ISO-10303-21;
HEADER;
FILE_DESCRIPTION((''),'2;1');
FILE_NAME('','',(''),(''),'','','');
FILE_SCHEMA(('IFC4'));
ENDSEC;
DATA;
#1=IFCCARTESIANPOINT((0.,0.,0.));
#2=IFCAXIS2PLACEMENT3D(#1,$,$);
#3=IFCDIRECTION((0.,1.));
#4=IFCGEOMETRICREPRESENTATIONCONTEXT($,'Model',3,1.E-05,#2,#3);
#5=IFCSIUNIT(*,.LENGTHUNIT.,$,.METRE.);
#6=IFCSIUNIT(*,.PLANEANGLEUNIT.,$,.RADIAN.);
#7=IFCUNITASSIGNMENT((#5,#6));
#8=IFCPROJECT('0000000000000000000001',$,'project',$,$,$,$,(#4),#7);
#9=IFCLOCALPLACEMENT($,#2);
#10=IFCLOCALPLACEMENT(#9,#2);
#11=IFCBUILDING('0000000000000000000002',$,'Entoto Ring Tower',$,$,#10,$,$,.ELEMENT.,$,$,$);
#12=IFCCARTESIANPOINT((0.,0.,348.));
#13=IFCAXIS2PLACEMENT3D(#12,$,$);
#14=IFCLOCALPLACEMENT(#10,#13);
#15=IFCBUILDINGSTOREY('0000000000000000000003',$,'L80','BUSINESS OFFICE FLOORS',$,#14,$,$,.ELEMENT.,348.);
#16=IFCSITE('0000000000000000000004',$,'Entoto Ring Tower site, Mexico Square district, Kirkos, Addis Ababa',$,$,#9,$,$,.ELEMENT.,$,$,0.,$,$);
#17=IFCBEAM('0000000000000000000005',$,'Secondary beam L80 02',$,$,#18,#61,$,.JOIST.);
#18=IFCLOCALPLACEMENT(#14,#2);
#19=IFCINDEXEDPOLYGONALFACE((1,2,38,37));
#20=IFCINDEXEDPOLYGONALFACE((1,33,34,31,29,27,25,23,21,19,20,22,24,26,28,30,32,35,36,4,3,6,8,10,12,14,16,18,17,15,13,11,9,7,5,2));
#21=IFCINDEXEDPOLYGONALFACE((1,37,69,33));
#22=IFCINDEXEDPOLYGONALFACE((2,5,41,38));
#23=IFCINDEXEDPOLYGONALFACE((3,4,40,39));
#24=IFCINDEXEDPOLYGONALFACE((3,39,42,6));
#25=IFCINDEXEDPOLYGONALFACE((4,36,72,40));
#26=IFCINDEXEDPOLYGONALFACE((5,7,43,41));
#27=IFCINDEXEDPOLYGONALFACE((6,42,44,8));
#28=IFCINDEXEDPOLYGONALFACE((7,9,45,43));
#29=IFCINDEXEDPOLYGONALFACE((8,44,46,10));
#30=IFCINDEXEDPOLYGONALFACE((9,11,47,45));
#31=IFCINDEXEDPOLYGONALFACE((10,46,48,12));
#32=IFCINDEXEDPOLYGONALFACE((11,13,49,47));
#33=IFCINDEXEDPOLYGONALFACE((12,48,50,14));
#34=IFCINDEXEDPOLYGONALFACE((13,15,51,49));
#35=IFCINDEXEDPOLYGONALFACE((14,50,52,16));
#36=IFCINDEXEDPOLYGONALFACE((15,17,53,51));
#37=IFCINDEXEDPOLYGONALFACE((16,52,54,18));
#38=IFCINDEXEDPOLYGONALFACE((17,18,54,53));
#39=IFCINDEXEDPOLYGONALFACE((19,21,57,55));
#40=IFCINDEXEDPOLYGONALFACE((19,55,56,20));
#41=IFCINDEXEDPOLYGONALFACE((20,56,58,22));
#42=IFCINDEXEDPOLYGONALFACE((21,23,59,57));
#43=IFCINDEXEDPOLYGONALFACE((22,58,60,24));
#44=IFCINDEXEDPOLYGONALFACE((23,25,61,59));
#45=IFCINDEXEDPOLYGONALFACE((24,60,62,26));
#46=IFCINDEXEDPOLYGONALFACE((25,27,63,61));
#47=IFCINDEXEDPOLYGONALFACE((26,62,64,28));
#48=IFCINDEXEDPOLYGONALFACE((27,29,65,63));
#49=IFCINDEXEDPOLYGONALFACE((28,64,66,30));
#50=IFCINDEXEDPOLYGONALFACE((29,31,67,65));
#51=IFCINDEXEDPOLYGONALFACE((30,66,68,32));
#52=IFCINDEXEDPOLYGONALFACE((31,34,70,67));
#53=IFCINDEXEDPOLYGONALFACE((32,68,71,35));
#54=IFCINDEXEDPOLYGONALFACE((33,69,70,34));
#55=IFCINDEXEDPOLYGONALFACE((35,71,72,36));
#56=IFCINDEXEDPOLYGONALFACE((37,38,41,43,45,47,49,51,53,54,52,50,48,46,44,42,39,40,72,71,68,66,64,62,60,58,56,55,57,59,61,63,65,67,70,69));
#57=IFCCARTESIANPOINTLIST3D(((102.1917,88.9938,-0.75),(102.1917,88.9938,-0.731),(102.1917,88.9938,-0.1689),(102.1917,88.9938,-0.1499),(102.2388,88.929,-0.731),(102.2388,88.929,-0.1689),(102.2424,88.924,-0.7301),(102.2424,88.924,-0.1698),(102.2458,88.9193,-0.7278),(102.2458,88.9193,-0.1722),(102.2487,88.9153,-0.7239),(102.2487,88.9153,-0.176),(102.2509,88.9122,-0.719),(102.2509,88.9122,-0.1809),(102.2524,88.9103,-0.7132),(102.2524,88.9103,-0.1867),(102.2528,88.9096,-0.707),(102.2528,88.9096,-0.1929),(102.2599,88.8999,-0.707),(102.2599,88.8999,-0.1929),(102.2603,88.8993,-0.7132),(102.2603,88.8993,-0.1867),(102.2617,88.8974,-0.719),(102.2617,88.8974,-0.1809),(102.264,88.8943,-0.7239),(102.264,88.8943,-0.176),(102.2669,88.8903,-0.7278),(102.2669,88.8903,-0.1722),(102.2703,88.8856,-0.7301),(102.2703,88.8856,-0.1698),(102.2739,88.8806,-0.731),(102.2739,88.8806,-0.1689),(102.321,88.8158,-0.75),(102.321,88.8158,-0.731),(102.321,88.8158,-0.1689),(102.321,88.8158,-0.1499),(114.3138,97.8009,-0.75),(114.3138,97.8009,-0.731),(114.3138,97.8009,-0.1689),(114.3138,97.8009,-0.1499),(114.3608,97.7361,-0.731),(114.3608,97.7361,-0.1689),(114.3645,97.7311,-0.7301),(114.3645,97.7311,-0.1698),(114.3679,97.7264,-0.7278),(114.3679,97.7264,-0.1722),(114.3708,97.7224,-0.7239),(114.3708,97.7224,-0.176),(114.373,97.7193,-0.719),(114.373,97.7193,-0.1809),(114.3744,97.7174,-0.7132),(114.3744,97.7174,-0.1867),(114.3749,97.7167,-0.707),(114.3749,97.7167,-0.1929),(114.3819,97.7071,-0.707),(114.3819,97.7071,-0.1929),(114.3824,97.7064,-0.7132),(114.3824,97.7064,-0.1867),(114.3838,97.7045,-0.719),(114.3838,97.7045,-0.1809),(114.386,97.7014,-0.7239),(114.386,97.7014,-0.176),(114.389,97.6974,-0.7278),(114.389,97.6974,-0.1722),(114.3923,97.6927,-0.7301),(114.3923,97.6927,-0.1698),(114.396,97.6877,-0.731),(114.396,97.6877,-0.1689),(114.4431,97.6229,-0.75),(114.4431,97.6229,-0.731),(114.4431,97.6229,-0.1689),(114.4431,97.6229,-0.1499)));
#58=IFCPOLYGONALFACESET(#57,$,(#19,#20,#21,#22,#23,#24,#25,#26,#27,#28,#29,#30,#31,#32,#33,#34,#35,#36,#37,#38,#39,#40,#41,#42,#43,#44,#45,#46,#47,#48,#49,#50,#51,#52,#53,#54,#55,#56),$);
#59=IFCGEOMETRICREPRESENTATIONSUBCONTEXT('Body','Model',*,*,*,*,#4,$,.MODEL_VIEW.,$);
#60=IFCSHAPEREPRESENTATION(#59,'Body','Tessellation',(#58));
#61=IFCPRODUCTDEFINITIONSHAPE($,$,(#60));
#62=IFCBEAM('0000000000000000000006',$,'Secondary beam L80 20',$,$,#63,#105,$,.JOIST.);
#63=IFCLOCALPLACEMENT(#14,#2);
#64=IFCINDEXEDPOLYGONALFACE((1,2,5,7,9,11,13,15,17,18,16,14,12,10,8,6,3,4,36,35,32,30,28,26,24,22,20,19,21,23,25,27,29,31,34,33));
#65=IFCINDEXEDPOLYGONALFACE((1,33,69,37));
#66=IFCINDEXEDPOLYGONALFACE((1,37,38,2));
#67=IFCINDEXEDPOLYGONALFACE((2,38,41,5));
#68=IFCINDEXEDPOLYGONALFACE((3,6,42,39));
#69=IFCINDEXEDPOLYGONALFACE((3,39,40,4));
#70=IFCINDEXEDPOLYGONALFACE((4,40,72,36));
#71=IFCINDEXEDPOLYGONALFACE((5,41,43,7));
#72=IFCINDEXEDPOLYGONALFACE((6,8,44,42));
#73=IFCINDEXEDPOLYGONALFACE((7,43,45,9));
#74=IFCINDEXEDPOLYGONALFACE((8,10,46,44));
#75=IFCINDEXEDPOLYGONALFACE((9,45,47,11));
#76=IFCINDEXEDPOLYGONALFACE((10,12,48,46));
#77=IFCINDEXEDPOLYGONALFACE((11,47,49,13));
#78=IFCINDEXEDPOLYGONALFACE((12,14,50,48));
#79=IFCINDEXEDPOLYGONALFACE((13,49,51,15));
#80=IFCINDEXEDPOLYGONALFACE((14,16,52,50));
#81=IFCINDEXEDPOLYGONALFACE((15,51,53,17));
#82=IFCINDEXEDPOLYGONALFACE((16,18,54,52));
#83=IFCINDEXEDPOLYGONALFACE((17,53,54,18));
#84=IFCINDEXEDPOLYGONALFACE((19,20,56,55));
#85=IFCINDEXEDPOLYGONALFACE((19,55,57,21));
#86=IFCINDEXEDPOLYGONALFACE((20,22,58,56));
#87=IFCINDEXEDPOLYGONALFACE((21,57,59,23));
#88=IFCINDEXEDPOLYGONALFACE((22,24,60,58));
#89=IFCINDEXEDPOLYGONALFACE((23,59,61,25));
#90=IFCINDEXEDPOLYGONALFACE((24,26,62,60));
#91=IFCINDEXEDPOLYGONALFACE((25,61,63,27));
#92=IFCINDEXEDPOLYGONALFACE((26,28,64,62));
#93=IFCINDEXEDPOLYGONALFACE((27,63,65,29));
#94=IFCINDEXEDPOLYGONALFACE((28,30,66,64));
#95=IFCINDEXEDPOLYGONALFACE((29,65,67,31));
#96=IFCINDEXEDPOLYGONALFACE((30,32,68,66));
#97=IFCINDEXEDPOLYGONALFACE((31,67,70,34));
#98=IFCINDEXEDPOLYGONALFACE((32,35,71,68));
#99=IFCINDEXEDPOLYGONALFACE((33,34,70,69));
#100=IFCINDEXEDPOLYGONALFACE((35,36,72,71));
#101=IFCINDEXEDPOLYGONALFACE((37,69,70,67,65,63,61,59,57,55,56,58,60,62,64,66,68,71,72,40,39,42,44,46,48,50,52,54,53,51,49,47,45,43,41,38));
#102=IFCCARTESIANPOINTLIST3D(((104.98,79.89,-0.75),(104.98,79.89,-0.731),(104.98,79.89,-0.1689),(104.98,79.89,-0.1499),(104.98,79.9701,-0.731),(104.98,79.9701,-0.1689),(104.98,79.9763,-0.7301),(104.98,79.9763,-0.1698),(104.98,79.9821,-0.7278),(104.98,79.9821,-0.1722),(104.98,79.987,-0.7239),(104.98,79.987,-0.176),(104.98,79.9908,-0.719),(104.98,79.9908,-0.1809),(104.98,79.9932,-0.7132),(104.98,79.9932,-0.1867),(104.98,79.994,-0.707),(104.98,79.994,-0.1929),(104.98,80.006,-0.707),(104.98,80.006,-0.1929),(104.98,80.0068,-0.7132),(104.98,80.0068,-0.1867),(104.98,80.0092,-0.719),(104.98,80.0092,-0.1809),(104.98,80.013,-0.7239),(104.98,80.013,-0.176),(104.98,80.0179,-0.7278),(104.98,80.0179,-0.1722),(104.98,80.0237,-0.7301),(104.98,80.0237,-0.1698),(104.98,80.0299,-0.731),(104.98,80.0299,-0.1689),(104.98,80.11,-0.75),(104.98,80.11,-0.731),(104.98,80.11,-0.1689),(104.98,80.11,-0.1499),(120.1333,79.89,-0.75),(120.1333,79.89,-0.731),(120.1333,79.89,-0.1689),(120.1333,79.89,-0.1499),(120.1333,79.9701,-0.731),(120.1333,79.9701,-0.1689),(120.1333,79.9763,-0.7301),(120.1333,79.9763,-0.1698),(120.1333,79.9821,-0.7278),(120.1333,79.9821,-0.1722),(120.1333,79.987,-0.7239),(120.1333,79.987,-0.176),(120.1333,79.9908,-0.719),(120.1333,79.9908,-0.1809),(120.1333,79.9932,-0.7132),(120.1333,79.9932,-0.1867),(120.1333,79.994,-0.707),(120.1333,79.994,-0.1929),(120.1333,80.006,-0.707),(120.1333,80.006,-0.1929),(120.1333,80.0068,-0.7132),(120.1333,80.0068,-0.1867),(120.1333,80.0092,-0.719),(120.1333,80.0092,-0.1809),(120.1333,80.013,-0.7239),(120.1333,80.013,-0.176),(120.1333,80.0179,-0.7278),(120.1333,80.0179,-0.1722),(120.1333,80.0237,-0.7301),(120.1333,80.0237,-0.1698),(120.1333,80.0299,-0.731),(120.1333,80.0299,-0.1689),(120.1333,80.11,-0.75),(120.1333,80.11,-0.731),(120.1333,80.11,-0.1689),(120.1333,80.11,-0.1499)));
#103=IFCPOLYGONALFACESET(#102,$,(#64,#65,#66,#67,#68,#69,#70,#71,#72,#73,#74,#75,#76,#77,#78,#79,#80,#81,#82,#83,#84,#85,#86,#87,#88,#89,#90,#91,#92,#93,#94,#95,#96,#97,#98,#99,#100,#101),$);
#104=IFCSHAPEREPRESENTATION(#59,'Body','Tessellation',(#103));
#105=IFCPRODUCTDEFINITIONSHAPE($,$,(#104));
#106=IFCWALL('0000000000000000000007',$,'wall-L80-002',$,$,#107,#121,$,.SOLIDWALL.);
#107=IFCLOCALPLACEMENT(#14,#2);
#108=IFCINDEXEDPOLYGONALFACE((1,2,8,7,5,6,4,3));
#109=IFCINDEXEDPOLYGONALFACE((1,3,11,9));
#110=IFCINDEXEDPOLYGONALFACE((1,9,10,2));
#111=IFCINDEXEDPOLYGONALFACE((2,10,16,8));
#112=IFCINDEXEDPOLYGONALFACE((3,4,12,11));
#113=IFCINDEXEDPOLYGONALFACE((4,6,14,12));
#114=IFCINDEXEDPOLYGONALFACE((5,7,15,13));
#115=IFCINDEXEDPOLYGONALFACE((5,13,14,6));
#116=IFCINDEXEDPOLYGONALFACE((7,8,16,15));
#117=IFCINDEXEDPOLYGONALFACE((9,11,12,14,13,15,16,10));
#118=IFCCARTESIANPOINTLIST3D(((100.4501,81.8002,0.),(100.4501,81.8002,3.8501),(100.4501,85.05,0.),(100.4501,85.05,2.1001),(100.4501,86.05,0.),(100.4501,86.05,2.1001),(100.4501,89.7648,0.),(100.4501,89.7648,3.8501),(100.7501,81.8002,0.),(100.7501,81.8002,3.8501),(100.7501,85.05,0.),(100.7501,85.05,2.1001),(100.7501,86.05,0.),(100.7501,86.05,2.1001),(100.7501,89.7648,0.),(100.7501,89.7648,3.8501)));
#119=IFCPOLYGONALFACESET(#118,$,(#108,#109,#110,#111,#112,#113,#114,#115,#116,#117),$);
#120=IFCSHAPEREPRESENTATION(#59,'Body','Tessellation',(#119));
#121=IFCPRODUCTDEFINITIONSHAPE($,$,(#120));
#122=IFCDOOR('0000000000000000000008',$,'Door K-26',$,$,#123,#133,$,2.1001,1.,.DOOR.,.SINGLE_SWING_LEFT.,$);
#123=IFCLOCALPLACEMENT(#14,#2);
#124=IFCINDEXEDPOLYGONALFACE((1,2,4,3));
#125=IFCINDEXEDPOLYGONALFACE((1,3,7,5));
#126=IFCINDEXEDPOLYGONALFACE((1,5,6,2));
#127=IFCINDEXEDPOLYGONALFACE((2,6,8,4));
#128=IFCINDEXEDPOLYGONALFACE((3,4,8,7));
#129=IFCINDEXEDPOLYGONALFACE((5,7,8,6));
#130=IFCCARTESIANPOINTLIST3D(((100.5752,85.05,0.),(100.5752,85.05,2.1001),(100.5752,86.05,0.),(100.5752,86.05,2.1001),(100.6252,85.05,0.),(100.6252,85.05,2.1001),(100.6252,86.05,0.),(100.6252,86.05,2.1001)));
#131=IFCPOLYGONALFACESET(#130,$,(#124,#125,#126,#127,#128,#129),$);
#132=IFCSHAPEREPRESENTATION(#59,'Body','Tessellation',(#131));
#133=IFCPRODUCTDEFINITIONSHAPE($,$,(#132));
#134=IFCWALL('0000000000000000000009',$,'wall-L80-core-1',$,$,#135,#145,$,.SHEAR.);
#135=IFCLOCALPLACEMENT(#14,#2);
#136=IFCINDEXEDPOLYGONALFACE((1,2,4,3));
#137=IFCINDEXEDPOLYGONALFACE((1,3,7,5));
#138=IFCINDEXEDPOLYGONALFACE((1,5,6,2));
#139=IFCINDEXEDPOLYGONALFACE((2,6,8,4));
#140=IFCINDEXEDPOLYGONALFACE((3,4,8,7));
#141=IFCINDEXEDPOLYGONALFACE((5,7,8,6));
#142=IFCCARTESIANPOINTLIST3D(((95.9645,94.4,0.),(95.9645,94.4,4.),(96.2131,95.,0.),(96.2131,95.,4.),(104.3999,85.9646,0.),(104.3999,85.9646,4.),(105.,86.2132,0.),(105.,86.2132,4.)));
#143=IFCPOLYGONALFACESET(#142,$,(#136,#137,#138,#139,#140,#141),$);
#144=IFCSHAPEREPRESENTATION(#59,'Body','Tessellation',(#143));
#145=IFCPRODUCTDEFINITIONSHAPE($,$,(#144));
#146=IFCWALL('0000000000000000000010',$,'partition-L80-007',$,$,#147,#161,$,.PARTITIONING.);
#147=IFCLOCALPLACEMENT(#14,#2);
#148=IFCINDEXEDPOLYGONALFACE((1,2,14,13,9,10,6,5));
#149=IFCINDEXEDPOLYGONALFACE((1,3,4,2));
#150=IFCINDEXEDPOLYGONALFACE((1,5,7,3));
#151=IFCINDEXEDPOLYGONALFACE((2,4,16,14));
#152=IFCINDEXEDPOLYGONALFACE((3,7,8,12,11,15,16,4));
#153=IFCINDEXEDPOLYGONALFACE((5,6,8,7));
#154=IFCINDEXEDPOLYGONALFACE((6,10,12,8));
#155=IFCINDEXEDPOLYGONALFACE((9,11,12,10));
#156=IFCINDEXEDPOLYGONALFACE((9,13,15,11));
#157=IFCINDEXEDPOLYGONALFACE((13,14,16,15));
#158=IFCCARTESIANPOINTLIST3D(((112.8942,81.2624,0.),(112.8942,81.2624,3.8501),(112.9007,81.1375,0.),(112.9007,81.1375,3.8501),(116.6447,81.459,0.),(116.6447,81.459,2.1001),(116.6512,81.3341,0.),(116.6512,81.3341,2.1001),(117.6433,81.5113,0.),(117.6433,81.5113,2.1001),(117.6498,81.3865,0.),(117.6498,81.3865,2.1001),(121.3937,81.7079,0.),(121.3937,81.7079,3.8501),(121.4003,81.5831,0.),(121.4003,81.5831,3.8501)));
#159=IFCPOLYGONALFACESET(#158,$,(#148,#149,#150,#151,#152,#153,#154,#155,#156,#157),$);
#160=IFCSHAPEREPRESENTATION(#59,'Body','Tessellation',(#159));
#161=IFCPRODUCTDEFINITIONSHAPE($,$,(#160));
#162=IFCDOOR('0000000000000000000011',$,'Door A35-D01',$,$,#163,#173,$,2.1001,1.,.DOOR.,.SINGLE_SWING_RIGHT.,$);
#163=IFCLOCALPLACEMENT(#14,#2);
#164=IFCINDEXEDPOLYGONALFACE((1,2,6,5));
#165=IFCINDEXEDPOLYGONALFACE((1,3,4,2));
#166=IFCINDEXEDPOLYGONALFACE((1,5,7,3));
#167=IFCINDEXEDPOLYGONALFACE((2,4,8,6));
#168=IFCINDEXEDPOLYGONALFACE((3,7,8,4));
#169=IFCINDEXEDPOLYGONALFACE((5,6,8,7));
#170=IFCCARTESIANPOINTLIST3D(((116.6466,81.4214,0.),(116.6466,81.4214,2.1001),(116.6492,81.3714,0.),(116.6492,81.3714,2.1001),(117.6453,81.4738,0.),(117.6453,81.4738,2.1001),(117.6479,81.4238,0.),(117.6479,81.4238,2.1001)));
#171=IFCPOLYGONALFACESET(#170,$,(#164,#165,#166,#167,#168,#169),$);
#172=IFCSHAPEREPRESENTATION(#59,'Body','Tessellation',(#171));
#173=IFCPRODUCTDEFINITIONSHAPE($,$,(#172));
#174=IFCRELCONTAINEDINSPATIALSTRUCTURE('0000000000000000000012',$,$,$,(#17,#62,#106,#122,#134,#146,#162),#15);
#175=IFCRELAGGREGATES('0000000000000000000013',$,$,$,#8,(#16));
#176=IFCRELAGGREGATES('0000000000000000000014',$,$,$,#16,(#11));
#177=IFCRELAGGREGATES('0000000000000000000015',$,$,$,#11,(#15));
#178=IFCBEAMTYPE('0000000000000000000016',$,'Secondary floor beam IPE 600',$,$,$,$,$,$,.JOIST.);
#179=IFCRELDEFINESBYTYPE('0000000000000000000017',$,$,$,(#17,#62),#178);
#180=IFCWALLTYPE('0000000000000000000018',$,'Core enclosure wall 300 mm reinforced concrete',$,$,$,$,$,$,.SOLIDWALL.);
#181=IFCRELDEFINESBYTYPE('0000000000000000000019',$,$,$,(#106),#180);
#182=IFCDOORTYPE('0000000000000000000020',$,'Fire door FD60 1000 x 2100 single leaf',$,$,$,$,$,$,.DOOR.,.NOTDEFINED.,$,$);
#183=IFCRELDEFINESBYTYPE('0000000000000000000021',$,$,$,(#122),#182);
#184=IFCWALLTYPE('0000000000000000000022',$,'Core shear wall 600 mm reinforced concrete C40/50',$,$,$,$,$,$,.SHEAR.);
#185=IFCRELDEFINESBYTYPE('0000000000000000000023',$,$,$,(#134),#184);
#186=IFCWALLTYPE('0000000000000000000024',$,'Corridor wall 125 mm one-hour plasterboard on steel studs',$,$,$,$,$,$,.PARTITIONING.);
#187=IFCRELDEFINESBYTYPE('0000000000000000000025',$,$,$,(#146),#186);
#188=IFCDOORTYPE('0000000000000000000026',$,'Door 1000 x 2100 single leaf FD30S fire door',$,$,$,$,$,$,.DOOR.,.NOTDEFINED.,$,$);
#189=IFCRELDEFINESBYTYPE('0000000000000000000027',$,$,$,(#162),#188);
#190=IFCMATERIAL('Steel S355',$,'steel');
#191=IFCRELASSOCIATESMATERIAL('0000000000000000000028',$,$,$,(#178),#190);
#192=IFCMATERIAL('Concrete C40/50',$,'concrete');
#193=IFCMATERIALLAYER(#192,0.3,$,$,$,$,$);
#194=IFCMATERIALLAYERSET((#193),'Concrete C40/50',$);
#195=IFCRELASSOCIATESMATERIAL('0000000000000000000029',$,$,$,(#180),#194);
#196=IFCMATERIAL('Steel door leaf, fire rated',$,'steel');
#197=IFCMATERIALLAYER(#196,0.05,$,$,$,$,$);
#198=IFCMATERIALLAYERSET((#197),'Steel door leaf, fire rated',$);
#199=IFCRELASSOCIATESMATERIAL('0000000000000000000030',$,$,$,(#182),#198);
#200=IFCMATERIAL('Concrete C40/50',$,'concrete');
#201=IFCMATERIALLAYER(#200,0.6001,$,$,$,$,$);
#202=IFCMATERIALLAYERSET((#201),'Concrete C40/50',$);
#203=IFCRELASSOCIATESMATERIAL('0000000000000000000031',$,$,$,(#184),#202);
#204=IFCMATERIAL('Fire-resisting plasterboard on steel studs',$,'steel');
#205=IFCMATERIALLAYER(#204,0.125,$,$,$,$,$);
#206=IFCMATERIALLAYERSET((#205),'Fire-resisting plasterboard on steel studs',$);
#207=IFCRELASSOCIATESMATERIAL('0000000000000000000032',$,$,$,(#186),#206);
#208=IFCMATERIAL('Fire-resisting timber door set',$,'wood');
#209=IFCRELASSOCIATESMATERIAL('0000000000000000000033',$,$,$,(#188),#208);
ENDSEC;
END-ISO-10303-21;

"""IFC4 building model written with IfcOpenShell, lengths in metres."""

from ifc_helpers import new_model, si_unit, direction, frame, frame_2d, origin, origin_2d, place, context, subcontext, project, spatial, polyline, rectangle, i_section, outline, extrude, material, layer, layer_set, material_profile, profile_set, type_object, element, fill, save


model = new_model("IFC4")

# Units and contexts
model_context = context("Model", 3, precision=1e-05, world=origin(), true_north=direction((0.0, 1.0)))
body_context = subcontext(model_context, "Body", "Model", "MODEL_VIEW")
ifc_project = project(units=[si_unit("LENGTHUNIT", "METRE"), si_unit("PLANEANGLEUNIT", "RADIAN")], contexts=[model_context])

# Site, building, storey
site_placement = place(None, origin())
site = spatial("IfcSite", under=ifc_project, at=site_placement, Name="Entoto Ring Tower site, Mexico Square district, Kirkos, Addis Ababa", CompositionType="ELEMENT", RefElevation=0.0)
building_placement = place(site_placement, origin())
building = spatial("IfcBuilding", under=site, at=building_placement, Name="Entoto Ring Tower", CompositionType="ELEMENT")
storey_placement = place(building_placement, frame((0.0, 0.0, 348.0)))
storey = spatial("IfcBuildingStorey", under=building, at=storey_placement, Name="L80", Description="BUSINESS OFFICE FLOORS", CompositionType="ELEMENT", Elevation=348.0)

# Beams
ifc_material_1 = material(Name="Steel S355", Category="steel")
ifc_material_profile_1 = material_profile(ifc_material_1, i_section(OverallWidth=0.22, OverallDepth=0.6001, WebThickness=0.012, FlangeThickness=0.019, FilletRadius=0.0239, at=origin_2d()), Name="IPE 600")
ifc_profile_set_1 = profile_set([ifc_material_profile_1], Name="Steel S355")
beam_type_1 = type_object("IfcBeamType", Name="Secondary floor beam IPE 600", PredefinedType="JOIST", material=ifc_profile_set_1)
beam_1_placement = place(storey_placement, frame((102.2563, 88.9048, -0.45), z_axis=(0.809019, 0.587782, 0.0), x_axis=(-0.587782, 0.809019, 0.0)))
element("IfcBeam", 1, at=beam_1_placement, inside=storey, type_object=beam_type_1, Name="Secondary beam L80 02", PredefinedType="JOIST", context=body_context, shape_type="SweptSolid", body=[
    extrude(i_section(OverallWidth=0.22, OverallDepth=0.6001, WebThickness=0.012, FlangeThickness=0.019, FilletRadius=0.0239, at=origin_2d()), origin(), (0.0, 0.0, 1.0), 14.9836),
])
beam_2_placement = place(storey_placement, frame((104.98, 80.0, -0.45), z_axis=(1.0, 0.0, 0.0), x_axis=(0.0, 1.0, 0.0)))
element("IfcBeam", 2, at=beam_2_placement, inside=storey, type_object=beam_type_1, Name="Secondary beam L80 20", PredefinedType="JOIST", context=body_context, shape_type="SweptSolid", body=[
    extrude(i_section(OverallWidth=0.22, OverallDepth=0.6001, WebThickness=0.012, FlangeThickness=0.019, FilletRadius=0.0239, at=origin_2d()), origin(), (0.0, 0.0, 1.0), 15.1533),
])

# Wall, opening, door
ifc_material_2 = material(Name="Concrete C40/50", Category="concrete")
ifc_layer_1 = layer(ifc_material_2, 0.3)
ifc_layer_set_1 = layer_set([ifc_layer_1], Name="Concrete C40/50")
wall_type_1 = type_object("IfcWallType", Name="Core enclosure wall 300 mm reinforced concrete", PredefinedType="SOLIDWALL", material=ifc_layer_set_1)
wall_1_placement = place(storey_placement, frame((100.6001, 81.8, 0.0), z_axis=(0.0, 0.0, 1.0), x_axis=(0.0, 1.0, 0.0)))
wall_1 = element("IfcWall", 3, at=wall_1_placement, inside=storey, type_object=wall_type_1, Name="wall-L80-002", PredefinedType="SOLIDWALL", context=body_context, shape_type="SweptSolid", body=[
    extrude(rectangle(XDim=7.9646, YDim=0.3, at=frame_2d((3.9824, 0.0))), origin(), (0.0, 0.0, 1.0), 3.8501),
])
opening_1_placement = place(wall_1_placement, frame((3.25, 0.0, 0.0)))
opening_1 = element("IfcOpeningElement", 4, at=opening_1_placement, cuts=wall_1, PredefinedType="OPENING", context=body_context, shape_type="SweptSolid", body=[
    extrude(rectangle(XDim=1.0, YDim=2.1001, at=frame_2d((0.5, 1.05))), frame((0.0, 0.1602, 0.0), z_axis=(0.0, -1.0, 0.0), x_axis=(1.0, 0.0, 0.0)), (0.0, 0.0, 1.0), 0.3201),
])
ifc_material_3 = material(Name="Steel door leaf, fire rated", Category="steel")
ifc_layer_2 = layer(ifc_material_3, 0.05)
ifc_layer_set_2 = layer_set([ifc_layer_2], Name="Steel door leaf, fire rated")
door_type_1 = type_object("IfcDoorType", Name="Fire door FD60 1000 x 2100 single leaf", OperationType="NOTDEFINED", PredefinedType="DOOR", material=ifc_layer_set_2)
door_1_placement = place(opening_1_placement, origin())
door_1 = element("IfcDoor", 5, at=door_1_placement, inside=storey, type_object=door_type_1, Name="Door K-26", OperationType="SINGLE_SWING_LEFT", OverallHeight=2.1001, OverallWidth=1.0, PredefinedType="DOOR", context=body_context, shape_type="SweptSolid", body=[
    extrude(rectangle(XDim=1.0, YDim=2.1001, at=frame_2d((0.5, 1.05))), frame((0.0, 0.0249, 0.0), z_axis=(0.0, -1.0, 0.0), x_axis=(1.0, 0.0, 0.0)), (0.0, 0.0, 1.0), 0.05),
])
fill(opening_1, door_1)

# Wall
ifc_material_4 = material(Name="Concrete C40/50", Category="concrete")
ifc_layer_3 = layer(ifc_material_4, 0.6001)
ifc_layer_set_3 = layer_set([ifc_layer_3], Name="Concrete C40/50")
wall_type_2 = type_object("IfcWallType", Name="Core shear wall 600 mm reinforced concrete C40/50", PredefinedType="SHEAR", material=ifc_layer_set_3)
wall_2_placement = place(storey_placement, frame((104.7, 86.0889, 0.0), z_axis=(0.0, 0.0, 1.0), x_axis=(-0.707107, 0.707107, 0.0)))
element("IfcWall", 6, at=wall_2_placement, inside=storey, type_object=wall_type_2, Name="wall-L80-core-1", PredefinedType="SHEAR", context=body_context, shape_type="SweptSolid", body=[
    extrude(outline(polyline([(-0.1243, -0.3), (12.3022, -0.3), (12.0537, 0.3), (0.1243, 0.3), (-0.1243, -0.3)])), origin(), (0.0, 0.0, 1.0), 4.0),
])

# Wall, opening, door
ifc_material_5 = material(Name="Fire-resisting plasterboard on steel studs", Category="steel")
ifc_layer_4 = layer(ifc_material_5, 0.125)
ifc_layer_set_4 = layer_set([ifc_layer_4], Name="Fire-resisting plasterboard on steel studs")
wall_type_3 = type_object("IfcWallType", Name="Corridor wall 125 mm one-hour plasterboard on steel studs", PredefinedType="PARTITIONING", material=ifc_layer_set_4)
wall_3_placement = place(storey_placement, frame((112.8975, 81.2, 0.0), z_axis=(0.0, 0.0, 1.0), x_axis=(0.998629, 0.05235, 0.0)))
wall_3 = element("IfcWall", 7, at=wall_3_placement, inside=storey, type_object=wall_type_3, Name="partition-L80-007", PredefinedType="PARTITIONING", context=body_context, shape_type="SweptSolid", body=[
    extrude(rectangle(XDim=8.5112, YDim=0.125, at=frame_2d((4.2556, 0.0))), origin(), (0.0, 0.0, 1.0), 3.8501),
])
opening_2_placement = place(wall_3_placement, frame((3.7556, 0.0, 0.0)))
opening_2 = element("IfcOpeningElement", 8, at=opening_2_placement, cuts=wall_3, PredefinedType="OPENING", context=body_context, shape_type="SweptSolid", body=[
    extrude(rectangle(XDim=1.0, YDim=2.1001, at=frame_2d((0.5, 1.05))), frame((0.0, 0.0725, 0.0), z_axis=(0.0, -1.0, 0.0), x_axis=(1.0, 0.0, 0.0)), (0.0, 0.0, 1.0), 0.145),
])
ifc_material_6 = material(Name="Fire-resisting timber door set", Category="wood")
door_type_2 = type_object("IfcDoorType", Name="Door 1000 x 2100 single leaf FD30S fire door", OperationType="NOTDEFINED", PredefinedType="DOOR", material=ifc_material_6)
door_2_placement = place(opening_2_placement, origin())
door_2 = element("IfcDoor", 9, at=door_2_placement, inside=storey, type_object=door_type_2, Name="Door A35-D01", OperationType="SINGLE_SWING_RIGHT", OverallHeight=2.1001, OverallWidth=1.0, PredefinedType="DOOR", context=body_context, shape_type="SweptSolid", body=[
    extrude(rectangle(XDim=1.0, YDim=2.1001, at=frame_2d((0.5, 1.05))), frame((0.0, 0.0249, 0.0), z_axis=(0.0, -1.0, 0.0), x_axis=(1.0, 0.0, 0.0)), (0.0, 0.0, 1.0), 0.05),
])
fill(opening_2, door_2)

save(model, "model.ifc")
